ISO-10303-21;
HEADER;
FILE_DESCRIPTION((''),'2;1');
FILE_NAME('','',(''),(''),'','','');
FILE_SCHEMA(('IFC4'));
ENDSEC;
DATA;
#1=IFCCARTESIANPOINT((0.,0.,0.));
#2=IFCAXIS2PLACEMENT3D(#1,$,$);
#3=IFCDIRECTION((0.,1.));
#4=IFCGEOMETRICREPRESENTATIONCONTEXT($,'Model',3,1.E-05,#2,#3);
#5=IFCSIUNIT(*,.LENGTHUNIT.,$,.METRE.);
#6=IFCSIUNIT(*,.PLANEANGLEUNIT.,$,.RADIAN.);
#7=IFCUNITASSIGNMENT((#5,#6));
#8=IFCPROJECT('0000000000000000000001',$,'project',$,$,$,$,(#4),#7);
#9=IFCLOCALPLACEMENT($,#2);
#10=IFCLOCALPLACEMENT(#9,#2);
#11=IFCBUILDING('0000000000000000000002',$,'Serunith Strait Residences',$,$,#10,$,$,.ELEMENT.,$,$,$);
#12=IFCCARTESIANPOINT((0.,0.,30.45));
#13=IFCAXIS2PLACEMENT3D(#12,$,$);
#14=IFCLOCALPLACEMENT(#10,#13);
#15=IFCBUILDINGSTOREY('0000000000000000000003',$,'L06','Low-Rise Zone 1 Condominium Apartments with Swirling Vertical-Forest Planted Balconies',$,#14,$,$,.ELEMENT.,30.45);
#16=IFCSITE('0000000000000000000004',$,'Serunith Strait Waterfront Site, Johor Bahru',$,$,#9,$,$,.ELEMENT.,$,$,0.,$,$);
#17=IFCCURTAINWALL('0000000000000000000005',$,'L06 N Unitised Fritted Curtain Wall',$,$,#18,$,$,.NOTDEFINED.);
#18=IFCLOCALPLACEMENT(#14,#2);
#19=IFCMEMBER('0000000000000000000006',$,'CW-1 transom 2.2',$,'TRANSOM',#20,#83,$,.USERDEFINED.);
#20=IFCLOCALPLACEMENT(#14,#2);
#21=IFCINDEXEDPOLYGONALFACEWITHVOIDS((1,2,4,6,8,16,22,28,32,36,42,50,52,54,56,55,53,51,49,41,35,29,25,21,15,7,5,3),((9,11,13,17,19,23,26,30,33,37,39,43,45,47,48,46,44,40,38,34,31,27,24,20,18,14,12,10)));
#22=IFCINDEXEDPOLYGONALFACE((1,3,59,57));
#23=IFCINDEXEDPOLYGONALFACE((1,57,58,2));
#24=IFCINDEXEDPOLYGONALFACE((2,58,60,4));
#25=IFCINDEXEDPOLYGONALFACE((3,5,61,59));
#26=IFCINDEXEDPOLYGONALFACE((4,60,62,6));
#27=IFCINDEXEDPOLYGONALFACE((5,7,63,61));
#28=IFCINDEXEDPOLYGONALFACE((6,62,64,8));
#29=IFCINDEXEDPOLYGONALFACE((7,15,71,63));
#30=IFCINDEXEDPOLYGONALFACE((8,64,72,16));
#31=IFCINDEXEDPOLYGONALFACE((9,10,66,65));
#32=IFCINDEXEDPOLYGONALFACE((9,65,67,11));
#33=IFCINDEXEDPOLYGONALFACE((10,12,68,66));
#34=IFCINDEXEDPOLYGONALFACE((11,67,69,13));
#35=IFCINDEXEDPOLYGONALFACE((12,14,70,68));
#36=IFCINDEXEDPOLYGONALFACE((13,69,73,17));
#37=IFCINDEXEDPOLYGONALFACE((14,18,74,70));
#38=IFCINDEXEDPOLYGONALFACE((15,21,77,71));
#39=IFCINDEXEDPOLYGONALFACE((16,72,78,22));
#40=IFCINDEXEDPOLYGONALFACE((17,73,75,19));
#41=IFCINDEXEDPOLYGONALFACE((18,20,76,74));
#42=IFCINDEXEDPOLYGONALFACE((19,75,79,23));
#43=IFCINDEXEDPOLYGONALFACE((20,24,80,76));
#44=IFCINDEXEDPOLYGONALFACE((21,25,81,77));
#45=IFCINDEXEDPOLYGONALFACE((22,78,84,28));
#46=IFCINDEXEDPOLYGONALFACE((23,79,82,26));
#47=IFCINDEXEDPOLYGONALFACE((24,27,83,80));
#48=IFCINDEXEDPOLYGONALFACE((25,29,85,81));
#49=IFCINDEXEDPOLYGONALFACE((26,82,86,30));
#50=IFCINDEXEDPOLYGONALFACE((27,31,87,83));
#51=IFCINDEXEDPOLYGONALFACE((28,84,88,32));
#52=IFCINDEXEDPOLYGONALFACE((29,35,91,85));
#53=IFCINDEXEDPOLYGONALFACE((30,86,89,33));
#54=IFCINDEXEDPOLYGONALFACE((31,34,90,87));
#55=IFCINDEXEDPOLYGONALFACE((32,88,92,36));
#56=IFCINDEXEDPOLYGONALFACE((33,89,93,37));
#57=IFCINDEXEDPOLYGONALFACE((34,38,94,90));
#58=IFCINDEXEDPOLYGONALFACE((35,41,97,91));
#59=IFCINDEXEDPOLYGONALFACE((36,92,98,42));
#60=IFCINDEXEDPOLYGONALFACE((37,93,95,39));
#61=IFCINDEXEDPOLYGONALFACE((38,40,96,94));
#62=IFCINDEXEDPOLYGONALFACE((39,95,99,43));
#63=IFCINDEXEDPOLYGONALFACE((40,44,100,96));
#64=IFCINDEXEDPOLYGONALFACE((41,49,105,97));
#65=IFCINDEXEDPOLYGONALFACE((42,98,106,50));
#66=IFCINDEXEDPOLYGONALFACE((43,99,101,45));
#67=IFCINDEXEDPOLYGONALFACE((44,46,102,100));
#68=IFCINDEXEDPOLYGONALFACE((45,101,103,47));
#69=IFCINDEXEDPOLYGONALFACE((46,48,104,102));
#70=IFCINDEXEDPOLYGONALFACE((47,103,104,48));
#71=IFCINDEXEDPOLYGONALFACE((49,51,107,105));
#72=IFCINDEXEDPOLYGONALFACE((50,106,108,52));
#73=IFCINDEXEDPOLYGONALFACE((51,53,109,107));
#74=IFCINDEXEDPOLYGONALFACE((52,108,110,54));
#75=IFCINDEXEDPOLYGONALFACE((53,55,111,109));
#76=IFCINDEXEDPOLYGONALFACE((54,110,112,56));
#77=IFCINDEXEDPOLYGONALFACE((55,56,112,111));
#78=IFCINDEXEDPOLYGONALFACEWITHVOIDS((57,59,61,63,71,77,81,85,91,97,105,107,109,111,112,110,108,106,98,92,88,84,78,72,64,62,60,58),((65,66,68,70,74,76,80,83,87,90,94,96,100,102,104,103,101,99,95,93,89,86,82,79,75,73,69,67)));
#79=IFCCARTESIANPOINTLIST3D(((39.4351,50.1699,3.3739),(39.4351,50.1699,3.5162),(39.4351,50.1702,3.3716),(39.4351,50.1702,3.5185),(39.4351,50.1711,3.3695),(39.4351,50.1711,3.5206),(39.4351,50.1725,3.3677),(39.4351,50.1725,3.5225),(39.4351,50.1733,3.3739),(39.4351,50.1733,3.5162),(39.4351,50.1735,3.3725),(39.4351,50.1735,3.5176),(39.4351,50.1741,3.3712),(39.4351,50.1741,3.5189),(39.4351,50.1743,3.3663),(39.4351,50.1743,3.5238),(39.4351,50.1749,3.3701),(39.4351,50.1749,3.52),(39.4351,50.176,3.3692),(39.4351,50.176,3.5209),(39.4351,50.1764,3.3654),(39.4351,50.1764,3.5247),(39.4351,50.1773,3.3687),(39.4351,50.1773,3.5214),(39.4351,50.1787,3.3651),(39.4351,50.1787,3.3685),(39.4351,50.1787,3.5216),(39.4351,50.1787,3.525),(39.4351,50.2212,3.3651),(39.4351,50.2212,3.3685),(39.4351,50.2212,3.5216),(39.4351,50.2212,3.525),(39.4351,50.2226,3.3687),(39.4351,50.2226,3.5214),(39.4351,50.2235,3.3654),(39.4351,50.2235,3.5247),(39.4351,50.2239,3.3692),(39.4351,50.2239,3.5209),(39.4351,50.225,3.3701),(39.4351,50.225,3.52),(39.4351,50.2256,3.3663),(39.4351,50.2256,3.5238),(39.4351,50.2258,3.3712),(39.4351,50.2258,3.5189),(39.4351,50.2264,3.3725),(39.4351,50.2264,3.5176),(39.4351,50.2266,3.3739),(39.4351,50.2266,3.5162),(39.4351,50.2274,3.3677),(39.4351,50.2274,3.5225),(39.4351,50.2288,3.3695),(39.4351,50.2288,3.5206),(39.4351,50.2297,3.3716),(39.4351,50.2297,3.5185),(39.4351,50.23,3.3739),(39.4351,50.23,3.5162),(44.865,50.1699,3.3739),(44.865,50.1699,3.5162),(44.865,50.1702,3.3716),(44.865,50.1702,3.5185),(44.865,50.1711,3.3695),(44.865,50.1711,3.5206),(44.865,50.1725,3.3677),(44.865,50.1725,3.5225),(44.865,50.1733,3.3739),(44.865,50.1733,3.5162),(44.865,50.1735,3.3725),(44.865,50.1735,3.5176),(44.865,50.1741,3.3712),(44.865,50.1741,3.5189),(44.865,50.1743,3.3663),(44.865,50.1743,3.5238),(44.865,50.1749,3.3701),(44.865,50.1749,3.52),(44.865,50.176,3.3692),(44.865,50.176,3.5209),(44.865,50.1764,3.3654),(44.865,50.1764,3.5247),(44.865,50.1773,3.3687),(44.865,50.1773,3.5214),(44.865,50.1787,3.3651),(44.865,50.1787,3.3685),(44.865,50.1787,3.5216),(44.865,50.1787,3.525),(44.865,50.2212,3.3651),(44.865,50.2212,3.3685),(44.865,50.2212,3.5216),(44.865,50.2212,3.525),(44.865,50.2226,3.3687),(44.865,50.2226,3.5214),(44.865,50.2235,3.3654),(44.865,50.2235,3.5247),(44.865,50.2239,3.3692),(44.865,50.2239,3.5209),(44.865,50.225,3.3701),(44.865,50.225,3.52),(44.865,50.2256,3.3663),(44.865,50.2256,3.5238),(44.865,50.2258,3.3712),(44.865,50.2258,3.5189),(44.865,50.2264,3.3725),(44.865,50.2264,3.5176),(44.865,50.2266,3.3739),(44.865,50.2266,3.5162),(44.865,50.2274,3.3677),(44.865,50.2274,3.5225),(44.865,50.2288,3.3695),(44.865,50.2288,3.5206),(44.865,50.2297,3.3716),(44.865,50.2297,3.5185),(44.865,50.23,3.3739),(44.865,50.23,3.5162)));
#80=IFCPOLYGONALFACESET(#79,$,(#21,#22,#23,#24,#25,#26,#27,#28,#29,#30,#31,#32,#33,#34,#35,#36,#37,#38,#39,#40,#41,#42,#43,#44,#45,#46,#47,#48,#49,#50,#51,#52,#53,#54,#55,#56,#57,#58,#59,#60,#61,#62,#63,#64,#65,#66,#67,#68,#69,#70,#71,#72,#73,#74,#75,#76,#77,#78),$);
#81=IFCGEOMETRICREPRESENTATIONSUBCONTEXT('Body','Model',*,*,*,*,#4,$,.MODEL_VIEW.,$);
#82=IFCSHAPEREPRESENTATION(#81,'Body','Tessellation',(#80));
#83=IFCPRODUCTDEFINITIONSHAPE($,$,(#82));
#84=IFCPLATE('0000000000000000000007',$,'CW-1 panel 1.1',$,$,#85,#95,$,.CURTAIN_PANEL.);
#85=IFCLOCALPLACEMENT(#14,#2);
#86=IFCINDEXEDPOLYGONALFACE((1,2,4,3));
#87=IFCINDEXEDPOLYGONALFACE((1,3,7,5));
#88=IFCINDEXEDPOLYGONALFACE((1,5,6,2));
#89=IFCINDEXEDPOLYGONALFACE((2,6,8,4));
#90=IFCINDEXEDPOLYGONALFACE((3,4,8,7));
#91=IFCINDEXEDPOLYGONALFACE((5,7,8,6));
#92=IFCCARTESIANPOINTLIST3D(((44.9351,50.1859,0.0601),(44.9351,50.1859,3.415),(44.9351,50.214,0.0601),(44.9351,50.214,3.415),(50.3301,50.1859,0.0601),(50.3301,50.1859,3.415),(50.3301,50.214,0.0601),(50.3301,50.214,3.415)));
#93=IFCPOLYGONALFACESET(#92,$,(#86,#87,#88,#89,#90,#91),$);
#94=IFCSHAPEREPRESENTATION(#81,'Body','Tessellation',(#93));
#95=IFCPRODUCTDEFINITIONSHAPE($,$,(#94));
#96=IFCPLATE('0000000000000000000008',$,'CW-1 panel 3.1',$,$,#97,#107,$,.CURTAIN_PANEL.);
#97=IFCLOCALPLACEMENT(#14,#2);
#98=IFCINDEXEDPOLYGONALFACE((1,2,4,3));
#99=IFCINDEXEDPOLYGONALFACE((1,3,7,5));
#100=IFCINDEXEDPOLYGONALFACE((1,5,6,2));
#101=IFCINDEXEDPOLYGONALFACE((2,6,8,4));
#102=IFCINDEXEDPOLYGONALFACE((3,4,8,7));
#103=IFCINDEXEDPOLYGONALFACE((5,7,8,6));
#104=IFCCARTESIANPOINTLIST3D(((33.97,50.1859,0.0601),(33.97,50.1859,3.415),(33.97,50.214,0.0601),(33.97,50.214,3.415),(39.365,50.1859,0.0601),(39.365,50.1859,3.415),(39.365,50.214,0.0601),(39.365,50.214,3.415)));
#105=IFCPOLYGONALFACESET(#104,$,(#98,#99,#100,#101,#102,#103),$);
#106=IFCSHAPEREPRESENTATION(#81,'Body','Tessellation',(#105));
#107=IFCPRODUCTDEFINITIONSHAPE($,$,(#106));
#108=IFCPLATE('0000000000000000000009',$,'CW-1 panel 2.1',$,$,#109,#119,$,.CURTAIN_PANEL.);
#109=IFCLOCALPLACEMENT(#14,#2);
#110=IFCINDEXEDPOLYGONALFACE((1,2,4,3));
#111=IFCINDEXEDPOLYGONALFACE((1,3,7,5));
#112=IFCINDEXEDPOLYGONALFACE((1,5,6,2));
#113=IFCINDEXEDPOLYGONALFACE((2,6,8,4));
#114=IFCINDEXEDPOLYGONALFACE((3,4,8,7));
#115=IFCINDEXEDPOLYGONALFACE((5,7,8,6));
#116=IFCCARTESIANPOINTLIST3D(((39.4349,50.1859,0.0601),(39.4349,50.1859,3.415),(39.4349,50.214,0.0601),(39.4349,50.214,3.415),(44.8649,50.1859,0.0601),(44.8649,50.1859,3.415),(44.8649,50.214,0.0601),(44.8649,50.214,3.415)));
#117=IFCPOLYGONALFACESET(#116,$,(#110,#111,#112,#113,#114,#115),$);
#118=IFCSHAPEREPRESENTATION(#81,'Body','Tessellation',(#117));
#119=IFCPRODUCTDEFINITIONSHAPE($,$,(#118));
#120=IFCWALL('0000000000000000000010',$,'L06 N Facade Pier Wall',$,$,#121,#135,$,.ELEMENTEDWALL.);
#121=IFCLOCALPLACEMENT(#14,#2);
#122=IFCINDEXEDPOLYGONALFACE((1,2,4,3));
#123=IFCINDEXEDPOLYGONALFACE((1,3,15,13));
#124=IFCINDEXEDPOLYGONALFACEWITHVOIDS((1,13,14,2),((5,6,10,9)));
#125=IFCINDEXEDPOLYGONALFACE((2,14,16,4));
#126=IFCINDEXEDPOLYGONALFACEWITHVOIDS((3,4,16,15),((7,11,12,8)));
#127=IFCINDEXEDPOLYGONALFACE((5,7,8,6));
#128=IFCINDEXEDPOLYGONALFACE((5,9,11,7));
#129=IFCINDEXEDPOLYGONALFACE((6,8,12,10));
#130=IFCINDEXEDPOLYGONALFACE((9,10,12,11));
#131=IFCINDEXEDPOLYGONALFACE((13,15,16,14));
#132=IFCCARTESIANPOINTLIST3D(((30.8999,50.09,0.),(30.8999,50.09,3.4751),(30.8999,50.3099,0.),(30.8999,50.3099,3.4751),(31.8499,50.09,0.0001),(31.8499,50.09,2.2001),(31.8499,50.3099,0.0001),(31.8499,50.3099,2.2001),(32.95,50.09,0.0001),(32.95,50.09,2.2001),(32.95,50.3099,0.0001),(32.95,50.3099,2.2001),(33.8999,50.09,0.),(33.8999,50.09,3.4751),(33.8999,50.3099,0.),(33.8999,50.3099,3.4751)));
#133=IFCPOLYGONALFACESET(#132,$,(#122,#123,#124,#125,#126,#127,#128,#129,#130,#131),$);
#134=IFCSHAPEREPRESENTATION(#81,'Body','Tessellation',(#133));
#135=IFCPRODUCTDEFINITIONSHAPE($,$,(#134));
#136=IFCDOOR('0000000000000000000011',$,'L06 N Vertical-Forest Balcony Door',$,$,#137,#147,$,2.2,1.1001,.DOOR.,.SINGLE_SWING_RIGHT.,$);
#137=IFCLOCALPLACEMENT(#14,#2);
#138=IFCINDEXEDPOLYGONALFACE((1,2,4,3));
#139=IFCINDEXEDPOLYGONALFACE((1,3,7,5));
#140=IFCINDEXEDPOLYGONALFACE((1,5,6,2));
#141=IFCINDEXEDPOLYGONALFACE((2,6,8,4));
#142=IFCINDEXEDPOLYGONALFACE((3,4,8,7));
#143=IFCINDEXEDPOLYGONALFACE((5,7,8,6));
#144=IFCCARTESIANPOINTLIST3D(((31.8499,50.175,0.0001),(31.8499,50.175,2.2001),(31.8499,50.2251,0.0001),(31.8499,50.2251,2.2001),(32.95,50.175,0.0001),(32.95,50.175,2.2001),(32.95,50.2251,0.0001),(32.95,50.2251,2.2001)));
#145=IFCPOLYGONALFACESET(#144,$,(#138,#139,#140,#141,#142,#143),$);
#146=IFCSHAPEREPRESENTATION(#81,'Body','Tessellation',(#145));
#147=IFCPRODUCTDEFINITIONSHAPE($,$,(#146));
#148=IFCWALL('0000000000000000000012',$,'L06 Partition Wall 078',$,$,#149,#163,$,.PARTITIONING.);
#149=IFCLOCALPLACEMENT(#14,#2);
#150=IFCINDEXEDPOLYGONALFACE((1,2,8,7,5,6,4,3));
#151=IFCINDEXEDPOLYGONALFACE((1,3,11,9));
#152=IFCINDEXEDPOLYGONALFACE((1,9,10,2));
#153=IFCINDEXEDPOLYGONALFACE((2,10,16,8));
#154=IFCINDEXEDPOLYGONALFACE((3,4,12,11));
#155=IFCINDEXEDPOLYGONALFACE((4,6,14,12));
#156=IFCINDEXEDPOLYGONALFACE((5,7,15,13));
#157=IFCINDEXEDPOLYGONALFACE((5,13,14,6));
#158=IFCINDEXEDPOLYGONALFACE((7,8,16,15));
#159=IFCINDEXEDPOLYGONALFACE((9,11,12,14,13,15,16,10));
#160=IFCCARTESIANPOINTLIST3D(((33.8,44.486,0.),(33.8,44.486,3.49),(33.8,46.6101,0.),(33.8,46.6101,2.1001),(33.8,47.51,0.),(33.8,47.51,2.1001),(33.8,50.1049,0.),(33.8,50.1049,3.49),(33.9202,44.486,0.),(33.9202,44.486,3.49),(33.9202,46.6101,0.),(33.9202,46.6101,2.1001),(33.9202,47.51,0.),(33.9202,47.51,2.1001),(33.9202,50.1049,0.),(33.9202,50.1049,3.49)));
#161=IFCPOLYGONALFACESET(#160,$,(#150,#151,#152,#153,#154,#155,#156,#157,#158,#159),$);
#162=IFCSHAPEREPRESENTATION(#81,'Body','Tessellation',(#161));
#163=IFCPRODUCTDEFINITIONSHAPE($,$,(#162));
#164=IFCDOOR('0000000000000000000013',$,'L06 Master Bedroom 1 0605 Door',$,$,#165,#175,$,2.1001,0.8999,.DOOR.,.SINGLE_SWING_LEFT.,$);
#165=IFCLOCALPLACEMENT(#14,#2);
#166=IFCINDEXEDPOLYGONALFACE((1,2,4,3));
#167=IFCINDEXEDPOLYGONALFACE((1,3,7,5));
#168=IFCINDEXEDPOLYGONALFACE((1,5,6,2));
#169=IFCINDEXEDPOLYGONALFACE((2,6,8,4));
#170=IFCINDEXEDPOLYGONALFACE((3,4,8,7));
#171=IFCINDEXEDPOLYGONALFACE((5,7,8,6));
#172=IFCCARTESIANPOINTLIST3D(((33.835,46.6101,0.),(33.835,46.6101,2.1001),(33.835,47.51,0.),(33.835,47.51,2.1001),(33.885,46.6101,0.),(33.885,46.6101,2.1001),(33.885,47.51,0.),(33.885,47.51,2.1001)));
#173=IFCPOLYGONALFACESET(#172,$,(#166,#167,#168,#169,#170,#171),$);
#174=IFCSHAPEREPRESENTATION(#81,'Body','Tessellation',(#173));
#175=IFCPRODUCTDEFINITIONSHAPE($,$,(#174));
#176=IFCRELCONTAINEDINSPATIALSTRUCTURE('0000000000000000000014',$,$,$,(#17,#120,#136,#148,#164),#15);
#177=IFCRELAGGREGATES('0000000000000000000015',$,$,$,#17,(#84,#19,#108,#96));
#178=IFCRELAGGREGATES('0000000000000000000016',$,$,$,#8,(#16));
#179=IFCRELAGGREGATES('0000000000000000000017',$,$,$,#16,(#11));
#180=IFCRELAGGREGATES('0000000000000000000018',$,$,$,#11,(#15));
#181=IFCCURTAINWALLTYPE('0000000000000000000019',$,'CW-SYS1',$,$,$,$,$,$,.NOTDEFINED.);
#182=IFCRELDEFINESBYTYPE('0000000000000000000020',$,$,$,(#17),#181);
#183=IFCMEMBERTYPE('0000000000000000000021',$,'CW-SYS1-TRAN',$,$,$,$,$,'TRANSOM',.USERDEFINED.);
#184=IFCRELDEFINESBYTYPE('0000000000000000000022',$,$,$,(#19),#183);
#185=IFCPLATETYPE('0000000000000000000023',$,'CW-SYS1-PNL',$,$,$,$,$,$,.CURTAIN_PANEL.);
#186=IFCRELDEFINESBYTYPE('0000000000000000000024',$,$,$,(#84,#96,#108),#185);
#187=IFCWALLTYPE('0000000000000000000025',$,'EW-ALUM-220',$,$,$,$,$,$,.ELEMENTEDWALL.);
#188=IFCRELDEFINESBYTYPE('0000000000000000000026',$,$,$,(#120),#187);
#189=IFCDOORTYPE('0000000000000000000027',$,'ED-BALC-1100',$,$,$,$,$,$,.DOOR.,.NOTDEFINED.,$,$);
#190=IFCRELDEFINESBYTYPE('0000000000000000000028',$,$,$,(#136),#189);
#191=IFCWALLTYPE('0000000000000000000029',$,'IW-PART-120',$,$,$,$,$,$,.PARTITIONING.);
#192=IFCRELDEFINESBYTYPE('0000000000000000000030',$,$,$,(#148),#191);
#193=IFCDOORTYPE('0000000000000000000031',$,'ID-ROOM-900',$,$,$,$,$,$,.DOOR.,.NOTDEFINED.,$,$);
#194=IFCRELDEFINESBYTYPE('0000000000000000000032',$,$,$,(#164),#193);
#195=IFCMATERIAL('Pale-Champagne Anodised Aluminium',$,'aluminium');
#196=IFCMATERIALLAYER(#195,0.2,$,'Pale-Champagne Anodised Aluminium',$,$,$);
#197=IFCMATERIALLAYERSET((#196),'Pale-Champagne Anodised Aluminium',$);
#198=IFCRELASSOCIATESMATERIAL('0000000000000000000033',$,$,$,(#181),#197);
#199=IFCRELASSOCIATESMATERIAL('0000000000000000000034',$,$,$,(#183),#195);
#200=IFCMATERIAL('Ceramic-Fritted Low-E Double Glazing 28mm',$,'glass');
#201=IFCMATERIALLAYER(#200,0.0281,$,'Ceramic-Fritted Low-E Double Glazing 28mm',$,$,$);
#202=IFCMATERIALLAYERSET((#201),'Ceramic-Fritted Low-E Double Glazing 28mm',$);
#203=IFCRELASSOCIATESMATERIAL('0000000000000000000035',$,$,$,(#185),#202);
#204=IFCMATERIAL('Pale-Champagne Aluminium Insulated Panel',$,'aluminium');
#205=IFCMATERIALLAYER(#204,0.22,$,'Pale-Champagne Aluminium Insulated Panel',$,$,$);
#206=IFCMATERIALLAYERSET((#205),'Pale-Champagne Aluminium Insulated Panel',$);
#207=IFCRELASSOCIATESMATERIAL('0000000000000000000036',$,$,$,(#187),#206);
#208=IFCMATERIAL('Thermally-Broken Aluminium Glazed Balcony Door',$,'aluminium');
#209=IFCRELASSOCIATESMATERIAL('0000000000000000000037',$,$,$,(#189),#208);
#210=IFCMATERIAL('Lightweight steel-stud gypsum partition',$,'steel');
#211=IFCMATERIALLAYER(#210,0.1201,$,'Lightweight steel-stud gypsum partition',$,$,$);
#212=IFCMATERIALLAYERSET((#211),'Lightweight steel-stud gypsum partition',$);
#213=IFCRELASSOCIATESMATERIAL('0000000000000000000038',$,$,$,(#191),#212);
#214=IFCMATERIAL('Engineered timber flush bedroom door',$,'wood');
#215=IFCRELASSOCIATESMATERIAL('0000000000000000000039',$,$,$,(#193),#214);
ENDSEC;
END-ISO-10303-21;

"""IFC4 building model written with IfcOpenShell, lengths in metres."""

from ifc_helpers import new_model, si_unit, direction, frame, frame_2d, origin, origin_2d, place, context, subcontext, project, spatial, rectangle, hollow_rectangle, extrude, source, transform, mapped, material, layer, layer_set, material_profile, profile_set, type_object, element, fill, aggregate, save


model = new_model("IFC4")

# Units and contexts
model_context = context("Model", 3, precision=1e-05, world=origin(), true_north=direction((0.0, 1.0)))
body_context = subcontext(model_context, "Body", "Model", "MODEL_VIEW")
ifc_project = project(units=[si_unit("LENGTHUNIT", "METRE"), si_unit("PLANEANGLEUNIT", "RADIAN")], contexts=[model_context])

# Site, building, storey
site_placement = place(None, origin())
site = spatial("IfcSite", under=ifc_project, at=site_placement, Name="Serunith Strait Waterfront Site, Johor Bahru", CompositionType="ELEMENT", RefElevation=0.0)
building_placement = place(site_placement, origin())
building = spatial("IfcBuilding", under=site, at=building_placement, Name="Serunith Strait Residences", CompositionType="ELEMENT")
storey_placement = place(building_placement, frame((0.0, 0.0, 30.45)))
storey = spatial("IfcBuildingStorey", under=building, at=storey_placement, Name="L06", Description="Low-Rise Zone 1 Condominium Apartments with Swirling Vertical-Forest Planted Balconies", CompositionType="ELEMENT", Elevation=30.45)

# Curtain wall, member, plates
ifc_material_1 = material(Name="Pale-Champagne Anodised Aluminium", Category="aluminium")
ifc_layer_1 = layer(ifc_material_1, 0.2, Name="Pale-Champagne Anodised Aluminium")
ifc_layer_set_1 = layer_set([ifc_layer_1], Name="Pale-Champagne Anodised Aluminium")
curtain_wall_type = type_object("IfcCurtainWallType", Name="CW-SYS1", PredefinedType="NOTDEFINED", material=ifc_layer_set_1)
curtain_wall_placement = place(storey_placement, origin())
curtain_wall = element("IfcCurtainWall", 1, at=curtain_wall_placement, inside=storey, type_object=curtain_wall_type, Name="L06 N Unitised Fritted Curtain Wall", PredefinedType="NOTDEFINED")
ifc_material_profile_1 = material_profile(ifc_material_1, hollow_rectangle(XDim=0.0601, YDim=0.1599, WallThickness=0.0034, InnerFilletRadius=0.0054, OuterFilletRadius=0.0088, at=origin_2d()), Name="ALU 160x60x3.5")
ifc_profile_set_1 = profile_set([ifc_material_profile_1], Name="Pale-Champagne Anodised Aluminium")
member_type_1 = type_object("IfcMemberType", Name="CW-SYS1-TRAN", ElementType="TRANSOM", PredefinedType="USERDEFINED", material=ifc_profile_set_1)
shared_shape_1 = source(origin(), body_context, "Body", "SweptSolid", [
    extrude(hollow_rectangle(XDim=0.0601, YDim=0.1599, WallThickness=0.0034, InnerFilletRadius=0.0054, OuterFilletRadius=0.0088, at=origin_2d()), origin(), (0.0, 0.0, 1.0), 5.4299),
])
member_1_placement = place(storey_placement, frame((44.865, 50.2, 3.4451), z_axis=(-1.0, 0.0, 0.0), x_axis=(0.0, -1.0, 0.0)))
member_1 = element("IfcMember", 2, at=member_1_placement, type_object=member_type_1, Name="CW-1 transom 2.2", ObjectType="TRANSOM", PredefinedType="USERDEFINED", context=body_context, shape_type="MappedRepresentation", body=[
    mapped(shared_shape_1, transform((0.0, 0.0, 0.0), scale=1.0)),
])
ifc_material_2 = material(Name="Ceramic-Fritted Low-E Double Glazing 28mm", Category="glass")
ifc_layer_2 = layer(ifc_material_2, 0.0281, Name="Ceramic-Fritted Low-E Double Glazing 28mm")
ifc_layer_set_2 = layer_set([ifc_layer_2], Name="Ceramic-Fritted Low-E Double Glazing 28mm")
plate_type = type_object("IfcPlateType", Name="CW-SYS1-PNL", PredefinedType="CURTAIN_PANEL", material=ifc_layer_set_2)
shared_shape_2 = source(origin(), body_context, "Body", "SweptSolid", [
    extrude(rectangle(XDim=5.395, YDim=0.0281, at=origin_2d()), origin(), (0.0, 0.0, 1.0), 3.355),
])
plate_1_placement = place(storey_placement, frame((47.6326, 50.2, 0.0601), z_axis=(0.0, 0.0, 1.0), x_axis=(-1.0, 0.0, 0.0)))
plate_1 = element("IfcPlate", 3, at=plate_1_placement, type_object=plate_type, Name="CW-1 panel 1.1", PredefinedType="CURTAIN_PANEL", context=body_context, shape_type="MappedRepresentation", body=[
    mapped(shared_shape_2, transform((0.0, 0.0, 0.0), scale=1.0)),
])
plate_2_placement = place(storey_placement, frame((36.6675, 50.2, 0.0601), z_axis=(0.0, 0.0, 1.0), x_axis=(-1.0, 0.0, 0.0)))
plate_2 = element("IfcPlate", 4, at=plate_2_placement, type_object=plate_type, Name="CW-1 panel 3.1", PredefinedType="CURTAIN_PANEL", context=body_context, shape_type="MappedRepresentation", body=[
    mapped(shared_shape_2, transform((0.0, 0.0, 0.0), scale=1.0)),
])
shared_shape_3 = source(origin(), body_context, "Body", "SweptSolid", [
    extrude(rectangle(XDim=5.4299, YDim=0.0281, at=origin_2d()), origin(), (0.0, 0.0, 1.0), 3.355),
])
plate_3_placement = place(storey_placement, frame((42.1499, 50.2, 0.0601), z_axis=(0.0, 0.0, 1.0), x_axis=(-1.0, 0.0, 0.0)))
plate_3 = element("IfcPlate", 5, at=plate_3_placement, type_object=plate_type, Name="CW-1 panel 2.1", PredefinedType="CURTAIN_PANEL", context=body_context, shape_type="MappedRepresentation", body=[
    mapped(shared_shape_3, transform((0.0, 0.0, 0.0), scale=1.0)),
])
aggregate(curtain_wall, [plate_1, member_1, plate_3, plate_2])

# Walls, openings, doors
ifc_material_3 = material(Name="Pale-Champagne Aluminium Insulated Panel", Category="aluminium")
ifc_layer_3 = layer(ifc_material_3, 0.22, Name="Pale-Champagne Aluminium Insulated Panel")
ifc_layer_set_3 = layer_set([ifc_layer_3], Name="Pale-Champagne Aluminium Insulated Panel")
wall_type_1 = type_object("IfcWallType", Name="EW-ALUM-220", PredefinedType="ELEMENTEDWALL", material=ifc_layer_set_3)
wall_1_placement = place(storey_placement, frame((33.8999, 50.2, 0.0), z_axis=(0.0, 0.0, 1.0), x_axis=(-1.0, 0.0, 0.0)))
wall_1 = element("IfcWall", 6, at=wall_1_placement, inside=storey, type_object=wall_type_1, Name="L06 N Facade Pier Wall", PredefinedType="ELEMENTEDWALL", context=body_context, shape_type="SweptSolid", body=[
    extrude(rectangle(XDim=3.0, YDim=0.22, at=frame_2d((1.5, 0.0))), origin(), (0.0, 0.0, 1.0), 3.4751),
])
opening_1_placement = place(wall_1_placement, frame((0.95, 0.0, 0.0)))
opening_1 = element("IfcOpeningElement", 7, at=opening_1_placement, cuts=wall_1, PredefinedType="OPENING", context=body_context, shape_type="SweptSolid", body=[
    extrude(rectangle(XDim=1.1001, YDim=2.2, at=frame_2d((0.55, 1.1001))), frame((0.0, 0.1201, 0.0), z_axis=(0.0, -1.0, 0.0), x_axis=(1.0, 0.0, 0.0)), (0.0, 0.0, 1.0), 0.24),
])
ifc_material_4 = material(Name="Thermally-Broken Aluminium Glazed Balcony Door", Category="aluminium")
door_type_1 = type_object("IfcDoorType", Name="ED-BALC-1100", OperationType="NOTDEFINED", PredefinedType="DOOR", material=ifc_material_4)
shared_shape_4 = source(origin(), body_context, "Body", "SweptSolid", [
    extrude(rectangle(XDim=1.1001, YDim=2.2, at=frame_2d((0.55, 1.1001))), frame((0.0, 0.0249, 0.0), z_axis=(0.0, -1.0, 0.0), x_axis=(1.0, 0.0, 0.0)), (0.0, 0.0, 1.0), 0.05),
])
door_1_placement = place(opening_1_placement, origin())
door_1 = element("IfcDoor", 8, at=door_1_placement, inside=storey, type_object=door_type_1, Name="L06 N Vertical-Forest Balcony Door", OperationType="SINGLE_SWING_RIGHT", OverallHeight=2.2, OverallWidth=1.1001, PredefinedType="DOOR", context=body_context, shape_type="MappedRepresentation", body=[
    mapped(shared_shape_4, transform((0.0, 0.0, 0.0), scale=1.0)),
])
fill(opening_1, door_1)
ifc_material_5 = material(Name="Lightweight steel-stud gypsum partition", Category="steel")
ifc_layer_4 = layer(ifc_material_5, 0.1201, Name="Lightweight steel-stud gypsum partition")
ifc_layer_set_4 = layer_set([ifc_layer_4], Name="Lightweight steel-stud gypsum partition")
wall_type_2 = type_object("IfcWallType", Name="IW-PART-120", PredefinedType="PARTITIONING", material=ifc_layer_set_4)
wall_2_placement = place(storey_placement, frame((33.8601, 50.105, 0.0), z_axis=(0.0, 0.0, 1.0), x_axis=(0.0, -1.0, 0.0)))
wall_2 = element("IfcWall", 9, at=wall_2_placement, inside=storey, type_object=wall_type_2, Name="L06 Partition Wall 078", PredefinedType="PARTITIONING", context=body_context, shape_type="SweptSolid", body=[
    extrude(rectangle(XDim=5.6189, YDim=0.1201, at=frame_2d((2.8096, 0.0))), origin(), (0.0, 0.0, 1.0), 3.49),
])
opening_2_placement = place(wall_2_placement, frame((2.595, 0.0, 0.0)))
opening_2 = element("IfcOpeningElement", 10, at=opening_2_placement, cuts=wall_2, PredefinedType="OPENING", context=body_context, shape_type="SweptSolid", body=[
    extrude(rectangle(XDim=0.8999, YDim=2.1001, at=frame_2d((0.45, 1.05))), frame((0.0, 0.0701, 0.0), z_axis=(0.0, -1.0, 0.0), x_axis=(1.0, 0.0, 0.0)), (0.0, 0.0, 1.0), 0.1401),
])
ifc_material_6 = material(Name="Engineered timber flush bedroom door", Category="wood")
door_type_2 = type_object("IfcDoorType", Name="ID-ROOM-900", OperationType="NOTDEFINED", PredefinedType="DOOR", material=ifc_material_6)
shared_shape_5 = source(origin(), body_context, "Body", "SweptSolid", [
    extrude(rectangle(XDim=0.8999, YDim=2.1001, at=frame_2d((0.45, 1.05))), frame((0.0, 0.0249, 0.0), z_axis=(0.0, -1.0, 0.0), x_axis=(1.0, 0.0, 0.0)), (0.0, 0.0, 1.0), 0.05),
])
door_2_placement = place(opening_2_placement, origin())
door_2 = element("IfcDoor", 11, at=door_2_placement, inside=storey, type_object=door_type_2, Name="L06 Master Bedroom 1 0605 Door", OperationType="SINGLE_SWING_LEFT", OverallHeight=2.1001, OverallWidth=0.8999, PredefinedType="DOOR", context=body_context, shape_type="MappedRepresentation", body=[
    mapped(shared_shape_5, transform((0.0, 0.0, 0.0), scale=1.0)),
])
fill(opening_2, door_2)

save(model, "model.ifc")
